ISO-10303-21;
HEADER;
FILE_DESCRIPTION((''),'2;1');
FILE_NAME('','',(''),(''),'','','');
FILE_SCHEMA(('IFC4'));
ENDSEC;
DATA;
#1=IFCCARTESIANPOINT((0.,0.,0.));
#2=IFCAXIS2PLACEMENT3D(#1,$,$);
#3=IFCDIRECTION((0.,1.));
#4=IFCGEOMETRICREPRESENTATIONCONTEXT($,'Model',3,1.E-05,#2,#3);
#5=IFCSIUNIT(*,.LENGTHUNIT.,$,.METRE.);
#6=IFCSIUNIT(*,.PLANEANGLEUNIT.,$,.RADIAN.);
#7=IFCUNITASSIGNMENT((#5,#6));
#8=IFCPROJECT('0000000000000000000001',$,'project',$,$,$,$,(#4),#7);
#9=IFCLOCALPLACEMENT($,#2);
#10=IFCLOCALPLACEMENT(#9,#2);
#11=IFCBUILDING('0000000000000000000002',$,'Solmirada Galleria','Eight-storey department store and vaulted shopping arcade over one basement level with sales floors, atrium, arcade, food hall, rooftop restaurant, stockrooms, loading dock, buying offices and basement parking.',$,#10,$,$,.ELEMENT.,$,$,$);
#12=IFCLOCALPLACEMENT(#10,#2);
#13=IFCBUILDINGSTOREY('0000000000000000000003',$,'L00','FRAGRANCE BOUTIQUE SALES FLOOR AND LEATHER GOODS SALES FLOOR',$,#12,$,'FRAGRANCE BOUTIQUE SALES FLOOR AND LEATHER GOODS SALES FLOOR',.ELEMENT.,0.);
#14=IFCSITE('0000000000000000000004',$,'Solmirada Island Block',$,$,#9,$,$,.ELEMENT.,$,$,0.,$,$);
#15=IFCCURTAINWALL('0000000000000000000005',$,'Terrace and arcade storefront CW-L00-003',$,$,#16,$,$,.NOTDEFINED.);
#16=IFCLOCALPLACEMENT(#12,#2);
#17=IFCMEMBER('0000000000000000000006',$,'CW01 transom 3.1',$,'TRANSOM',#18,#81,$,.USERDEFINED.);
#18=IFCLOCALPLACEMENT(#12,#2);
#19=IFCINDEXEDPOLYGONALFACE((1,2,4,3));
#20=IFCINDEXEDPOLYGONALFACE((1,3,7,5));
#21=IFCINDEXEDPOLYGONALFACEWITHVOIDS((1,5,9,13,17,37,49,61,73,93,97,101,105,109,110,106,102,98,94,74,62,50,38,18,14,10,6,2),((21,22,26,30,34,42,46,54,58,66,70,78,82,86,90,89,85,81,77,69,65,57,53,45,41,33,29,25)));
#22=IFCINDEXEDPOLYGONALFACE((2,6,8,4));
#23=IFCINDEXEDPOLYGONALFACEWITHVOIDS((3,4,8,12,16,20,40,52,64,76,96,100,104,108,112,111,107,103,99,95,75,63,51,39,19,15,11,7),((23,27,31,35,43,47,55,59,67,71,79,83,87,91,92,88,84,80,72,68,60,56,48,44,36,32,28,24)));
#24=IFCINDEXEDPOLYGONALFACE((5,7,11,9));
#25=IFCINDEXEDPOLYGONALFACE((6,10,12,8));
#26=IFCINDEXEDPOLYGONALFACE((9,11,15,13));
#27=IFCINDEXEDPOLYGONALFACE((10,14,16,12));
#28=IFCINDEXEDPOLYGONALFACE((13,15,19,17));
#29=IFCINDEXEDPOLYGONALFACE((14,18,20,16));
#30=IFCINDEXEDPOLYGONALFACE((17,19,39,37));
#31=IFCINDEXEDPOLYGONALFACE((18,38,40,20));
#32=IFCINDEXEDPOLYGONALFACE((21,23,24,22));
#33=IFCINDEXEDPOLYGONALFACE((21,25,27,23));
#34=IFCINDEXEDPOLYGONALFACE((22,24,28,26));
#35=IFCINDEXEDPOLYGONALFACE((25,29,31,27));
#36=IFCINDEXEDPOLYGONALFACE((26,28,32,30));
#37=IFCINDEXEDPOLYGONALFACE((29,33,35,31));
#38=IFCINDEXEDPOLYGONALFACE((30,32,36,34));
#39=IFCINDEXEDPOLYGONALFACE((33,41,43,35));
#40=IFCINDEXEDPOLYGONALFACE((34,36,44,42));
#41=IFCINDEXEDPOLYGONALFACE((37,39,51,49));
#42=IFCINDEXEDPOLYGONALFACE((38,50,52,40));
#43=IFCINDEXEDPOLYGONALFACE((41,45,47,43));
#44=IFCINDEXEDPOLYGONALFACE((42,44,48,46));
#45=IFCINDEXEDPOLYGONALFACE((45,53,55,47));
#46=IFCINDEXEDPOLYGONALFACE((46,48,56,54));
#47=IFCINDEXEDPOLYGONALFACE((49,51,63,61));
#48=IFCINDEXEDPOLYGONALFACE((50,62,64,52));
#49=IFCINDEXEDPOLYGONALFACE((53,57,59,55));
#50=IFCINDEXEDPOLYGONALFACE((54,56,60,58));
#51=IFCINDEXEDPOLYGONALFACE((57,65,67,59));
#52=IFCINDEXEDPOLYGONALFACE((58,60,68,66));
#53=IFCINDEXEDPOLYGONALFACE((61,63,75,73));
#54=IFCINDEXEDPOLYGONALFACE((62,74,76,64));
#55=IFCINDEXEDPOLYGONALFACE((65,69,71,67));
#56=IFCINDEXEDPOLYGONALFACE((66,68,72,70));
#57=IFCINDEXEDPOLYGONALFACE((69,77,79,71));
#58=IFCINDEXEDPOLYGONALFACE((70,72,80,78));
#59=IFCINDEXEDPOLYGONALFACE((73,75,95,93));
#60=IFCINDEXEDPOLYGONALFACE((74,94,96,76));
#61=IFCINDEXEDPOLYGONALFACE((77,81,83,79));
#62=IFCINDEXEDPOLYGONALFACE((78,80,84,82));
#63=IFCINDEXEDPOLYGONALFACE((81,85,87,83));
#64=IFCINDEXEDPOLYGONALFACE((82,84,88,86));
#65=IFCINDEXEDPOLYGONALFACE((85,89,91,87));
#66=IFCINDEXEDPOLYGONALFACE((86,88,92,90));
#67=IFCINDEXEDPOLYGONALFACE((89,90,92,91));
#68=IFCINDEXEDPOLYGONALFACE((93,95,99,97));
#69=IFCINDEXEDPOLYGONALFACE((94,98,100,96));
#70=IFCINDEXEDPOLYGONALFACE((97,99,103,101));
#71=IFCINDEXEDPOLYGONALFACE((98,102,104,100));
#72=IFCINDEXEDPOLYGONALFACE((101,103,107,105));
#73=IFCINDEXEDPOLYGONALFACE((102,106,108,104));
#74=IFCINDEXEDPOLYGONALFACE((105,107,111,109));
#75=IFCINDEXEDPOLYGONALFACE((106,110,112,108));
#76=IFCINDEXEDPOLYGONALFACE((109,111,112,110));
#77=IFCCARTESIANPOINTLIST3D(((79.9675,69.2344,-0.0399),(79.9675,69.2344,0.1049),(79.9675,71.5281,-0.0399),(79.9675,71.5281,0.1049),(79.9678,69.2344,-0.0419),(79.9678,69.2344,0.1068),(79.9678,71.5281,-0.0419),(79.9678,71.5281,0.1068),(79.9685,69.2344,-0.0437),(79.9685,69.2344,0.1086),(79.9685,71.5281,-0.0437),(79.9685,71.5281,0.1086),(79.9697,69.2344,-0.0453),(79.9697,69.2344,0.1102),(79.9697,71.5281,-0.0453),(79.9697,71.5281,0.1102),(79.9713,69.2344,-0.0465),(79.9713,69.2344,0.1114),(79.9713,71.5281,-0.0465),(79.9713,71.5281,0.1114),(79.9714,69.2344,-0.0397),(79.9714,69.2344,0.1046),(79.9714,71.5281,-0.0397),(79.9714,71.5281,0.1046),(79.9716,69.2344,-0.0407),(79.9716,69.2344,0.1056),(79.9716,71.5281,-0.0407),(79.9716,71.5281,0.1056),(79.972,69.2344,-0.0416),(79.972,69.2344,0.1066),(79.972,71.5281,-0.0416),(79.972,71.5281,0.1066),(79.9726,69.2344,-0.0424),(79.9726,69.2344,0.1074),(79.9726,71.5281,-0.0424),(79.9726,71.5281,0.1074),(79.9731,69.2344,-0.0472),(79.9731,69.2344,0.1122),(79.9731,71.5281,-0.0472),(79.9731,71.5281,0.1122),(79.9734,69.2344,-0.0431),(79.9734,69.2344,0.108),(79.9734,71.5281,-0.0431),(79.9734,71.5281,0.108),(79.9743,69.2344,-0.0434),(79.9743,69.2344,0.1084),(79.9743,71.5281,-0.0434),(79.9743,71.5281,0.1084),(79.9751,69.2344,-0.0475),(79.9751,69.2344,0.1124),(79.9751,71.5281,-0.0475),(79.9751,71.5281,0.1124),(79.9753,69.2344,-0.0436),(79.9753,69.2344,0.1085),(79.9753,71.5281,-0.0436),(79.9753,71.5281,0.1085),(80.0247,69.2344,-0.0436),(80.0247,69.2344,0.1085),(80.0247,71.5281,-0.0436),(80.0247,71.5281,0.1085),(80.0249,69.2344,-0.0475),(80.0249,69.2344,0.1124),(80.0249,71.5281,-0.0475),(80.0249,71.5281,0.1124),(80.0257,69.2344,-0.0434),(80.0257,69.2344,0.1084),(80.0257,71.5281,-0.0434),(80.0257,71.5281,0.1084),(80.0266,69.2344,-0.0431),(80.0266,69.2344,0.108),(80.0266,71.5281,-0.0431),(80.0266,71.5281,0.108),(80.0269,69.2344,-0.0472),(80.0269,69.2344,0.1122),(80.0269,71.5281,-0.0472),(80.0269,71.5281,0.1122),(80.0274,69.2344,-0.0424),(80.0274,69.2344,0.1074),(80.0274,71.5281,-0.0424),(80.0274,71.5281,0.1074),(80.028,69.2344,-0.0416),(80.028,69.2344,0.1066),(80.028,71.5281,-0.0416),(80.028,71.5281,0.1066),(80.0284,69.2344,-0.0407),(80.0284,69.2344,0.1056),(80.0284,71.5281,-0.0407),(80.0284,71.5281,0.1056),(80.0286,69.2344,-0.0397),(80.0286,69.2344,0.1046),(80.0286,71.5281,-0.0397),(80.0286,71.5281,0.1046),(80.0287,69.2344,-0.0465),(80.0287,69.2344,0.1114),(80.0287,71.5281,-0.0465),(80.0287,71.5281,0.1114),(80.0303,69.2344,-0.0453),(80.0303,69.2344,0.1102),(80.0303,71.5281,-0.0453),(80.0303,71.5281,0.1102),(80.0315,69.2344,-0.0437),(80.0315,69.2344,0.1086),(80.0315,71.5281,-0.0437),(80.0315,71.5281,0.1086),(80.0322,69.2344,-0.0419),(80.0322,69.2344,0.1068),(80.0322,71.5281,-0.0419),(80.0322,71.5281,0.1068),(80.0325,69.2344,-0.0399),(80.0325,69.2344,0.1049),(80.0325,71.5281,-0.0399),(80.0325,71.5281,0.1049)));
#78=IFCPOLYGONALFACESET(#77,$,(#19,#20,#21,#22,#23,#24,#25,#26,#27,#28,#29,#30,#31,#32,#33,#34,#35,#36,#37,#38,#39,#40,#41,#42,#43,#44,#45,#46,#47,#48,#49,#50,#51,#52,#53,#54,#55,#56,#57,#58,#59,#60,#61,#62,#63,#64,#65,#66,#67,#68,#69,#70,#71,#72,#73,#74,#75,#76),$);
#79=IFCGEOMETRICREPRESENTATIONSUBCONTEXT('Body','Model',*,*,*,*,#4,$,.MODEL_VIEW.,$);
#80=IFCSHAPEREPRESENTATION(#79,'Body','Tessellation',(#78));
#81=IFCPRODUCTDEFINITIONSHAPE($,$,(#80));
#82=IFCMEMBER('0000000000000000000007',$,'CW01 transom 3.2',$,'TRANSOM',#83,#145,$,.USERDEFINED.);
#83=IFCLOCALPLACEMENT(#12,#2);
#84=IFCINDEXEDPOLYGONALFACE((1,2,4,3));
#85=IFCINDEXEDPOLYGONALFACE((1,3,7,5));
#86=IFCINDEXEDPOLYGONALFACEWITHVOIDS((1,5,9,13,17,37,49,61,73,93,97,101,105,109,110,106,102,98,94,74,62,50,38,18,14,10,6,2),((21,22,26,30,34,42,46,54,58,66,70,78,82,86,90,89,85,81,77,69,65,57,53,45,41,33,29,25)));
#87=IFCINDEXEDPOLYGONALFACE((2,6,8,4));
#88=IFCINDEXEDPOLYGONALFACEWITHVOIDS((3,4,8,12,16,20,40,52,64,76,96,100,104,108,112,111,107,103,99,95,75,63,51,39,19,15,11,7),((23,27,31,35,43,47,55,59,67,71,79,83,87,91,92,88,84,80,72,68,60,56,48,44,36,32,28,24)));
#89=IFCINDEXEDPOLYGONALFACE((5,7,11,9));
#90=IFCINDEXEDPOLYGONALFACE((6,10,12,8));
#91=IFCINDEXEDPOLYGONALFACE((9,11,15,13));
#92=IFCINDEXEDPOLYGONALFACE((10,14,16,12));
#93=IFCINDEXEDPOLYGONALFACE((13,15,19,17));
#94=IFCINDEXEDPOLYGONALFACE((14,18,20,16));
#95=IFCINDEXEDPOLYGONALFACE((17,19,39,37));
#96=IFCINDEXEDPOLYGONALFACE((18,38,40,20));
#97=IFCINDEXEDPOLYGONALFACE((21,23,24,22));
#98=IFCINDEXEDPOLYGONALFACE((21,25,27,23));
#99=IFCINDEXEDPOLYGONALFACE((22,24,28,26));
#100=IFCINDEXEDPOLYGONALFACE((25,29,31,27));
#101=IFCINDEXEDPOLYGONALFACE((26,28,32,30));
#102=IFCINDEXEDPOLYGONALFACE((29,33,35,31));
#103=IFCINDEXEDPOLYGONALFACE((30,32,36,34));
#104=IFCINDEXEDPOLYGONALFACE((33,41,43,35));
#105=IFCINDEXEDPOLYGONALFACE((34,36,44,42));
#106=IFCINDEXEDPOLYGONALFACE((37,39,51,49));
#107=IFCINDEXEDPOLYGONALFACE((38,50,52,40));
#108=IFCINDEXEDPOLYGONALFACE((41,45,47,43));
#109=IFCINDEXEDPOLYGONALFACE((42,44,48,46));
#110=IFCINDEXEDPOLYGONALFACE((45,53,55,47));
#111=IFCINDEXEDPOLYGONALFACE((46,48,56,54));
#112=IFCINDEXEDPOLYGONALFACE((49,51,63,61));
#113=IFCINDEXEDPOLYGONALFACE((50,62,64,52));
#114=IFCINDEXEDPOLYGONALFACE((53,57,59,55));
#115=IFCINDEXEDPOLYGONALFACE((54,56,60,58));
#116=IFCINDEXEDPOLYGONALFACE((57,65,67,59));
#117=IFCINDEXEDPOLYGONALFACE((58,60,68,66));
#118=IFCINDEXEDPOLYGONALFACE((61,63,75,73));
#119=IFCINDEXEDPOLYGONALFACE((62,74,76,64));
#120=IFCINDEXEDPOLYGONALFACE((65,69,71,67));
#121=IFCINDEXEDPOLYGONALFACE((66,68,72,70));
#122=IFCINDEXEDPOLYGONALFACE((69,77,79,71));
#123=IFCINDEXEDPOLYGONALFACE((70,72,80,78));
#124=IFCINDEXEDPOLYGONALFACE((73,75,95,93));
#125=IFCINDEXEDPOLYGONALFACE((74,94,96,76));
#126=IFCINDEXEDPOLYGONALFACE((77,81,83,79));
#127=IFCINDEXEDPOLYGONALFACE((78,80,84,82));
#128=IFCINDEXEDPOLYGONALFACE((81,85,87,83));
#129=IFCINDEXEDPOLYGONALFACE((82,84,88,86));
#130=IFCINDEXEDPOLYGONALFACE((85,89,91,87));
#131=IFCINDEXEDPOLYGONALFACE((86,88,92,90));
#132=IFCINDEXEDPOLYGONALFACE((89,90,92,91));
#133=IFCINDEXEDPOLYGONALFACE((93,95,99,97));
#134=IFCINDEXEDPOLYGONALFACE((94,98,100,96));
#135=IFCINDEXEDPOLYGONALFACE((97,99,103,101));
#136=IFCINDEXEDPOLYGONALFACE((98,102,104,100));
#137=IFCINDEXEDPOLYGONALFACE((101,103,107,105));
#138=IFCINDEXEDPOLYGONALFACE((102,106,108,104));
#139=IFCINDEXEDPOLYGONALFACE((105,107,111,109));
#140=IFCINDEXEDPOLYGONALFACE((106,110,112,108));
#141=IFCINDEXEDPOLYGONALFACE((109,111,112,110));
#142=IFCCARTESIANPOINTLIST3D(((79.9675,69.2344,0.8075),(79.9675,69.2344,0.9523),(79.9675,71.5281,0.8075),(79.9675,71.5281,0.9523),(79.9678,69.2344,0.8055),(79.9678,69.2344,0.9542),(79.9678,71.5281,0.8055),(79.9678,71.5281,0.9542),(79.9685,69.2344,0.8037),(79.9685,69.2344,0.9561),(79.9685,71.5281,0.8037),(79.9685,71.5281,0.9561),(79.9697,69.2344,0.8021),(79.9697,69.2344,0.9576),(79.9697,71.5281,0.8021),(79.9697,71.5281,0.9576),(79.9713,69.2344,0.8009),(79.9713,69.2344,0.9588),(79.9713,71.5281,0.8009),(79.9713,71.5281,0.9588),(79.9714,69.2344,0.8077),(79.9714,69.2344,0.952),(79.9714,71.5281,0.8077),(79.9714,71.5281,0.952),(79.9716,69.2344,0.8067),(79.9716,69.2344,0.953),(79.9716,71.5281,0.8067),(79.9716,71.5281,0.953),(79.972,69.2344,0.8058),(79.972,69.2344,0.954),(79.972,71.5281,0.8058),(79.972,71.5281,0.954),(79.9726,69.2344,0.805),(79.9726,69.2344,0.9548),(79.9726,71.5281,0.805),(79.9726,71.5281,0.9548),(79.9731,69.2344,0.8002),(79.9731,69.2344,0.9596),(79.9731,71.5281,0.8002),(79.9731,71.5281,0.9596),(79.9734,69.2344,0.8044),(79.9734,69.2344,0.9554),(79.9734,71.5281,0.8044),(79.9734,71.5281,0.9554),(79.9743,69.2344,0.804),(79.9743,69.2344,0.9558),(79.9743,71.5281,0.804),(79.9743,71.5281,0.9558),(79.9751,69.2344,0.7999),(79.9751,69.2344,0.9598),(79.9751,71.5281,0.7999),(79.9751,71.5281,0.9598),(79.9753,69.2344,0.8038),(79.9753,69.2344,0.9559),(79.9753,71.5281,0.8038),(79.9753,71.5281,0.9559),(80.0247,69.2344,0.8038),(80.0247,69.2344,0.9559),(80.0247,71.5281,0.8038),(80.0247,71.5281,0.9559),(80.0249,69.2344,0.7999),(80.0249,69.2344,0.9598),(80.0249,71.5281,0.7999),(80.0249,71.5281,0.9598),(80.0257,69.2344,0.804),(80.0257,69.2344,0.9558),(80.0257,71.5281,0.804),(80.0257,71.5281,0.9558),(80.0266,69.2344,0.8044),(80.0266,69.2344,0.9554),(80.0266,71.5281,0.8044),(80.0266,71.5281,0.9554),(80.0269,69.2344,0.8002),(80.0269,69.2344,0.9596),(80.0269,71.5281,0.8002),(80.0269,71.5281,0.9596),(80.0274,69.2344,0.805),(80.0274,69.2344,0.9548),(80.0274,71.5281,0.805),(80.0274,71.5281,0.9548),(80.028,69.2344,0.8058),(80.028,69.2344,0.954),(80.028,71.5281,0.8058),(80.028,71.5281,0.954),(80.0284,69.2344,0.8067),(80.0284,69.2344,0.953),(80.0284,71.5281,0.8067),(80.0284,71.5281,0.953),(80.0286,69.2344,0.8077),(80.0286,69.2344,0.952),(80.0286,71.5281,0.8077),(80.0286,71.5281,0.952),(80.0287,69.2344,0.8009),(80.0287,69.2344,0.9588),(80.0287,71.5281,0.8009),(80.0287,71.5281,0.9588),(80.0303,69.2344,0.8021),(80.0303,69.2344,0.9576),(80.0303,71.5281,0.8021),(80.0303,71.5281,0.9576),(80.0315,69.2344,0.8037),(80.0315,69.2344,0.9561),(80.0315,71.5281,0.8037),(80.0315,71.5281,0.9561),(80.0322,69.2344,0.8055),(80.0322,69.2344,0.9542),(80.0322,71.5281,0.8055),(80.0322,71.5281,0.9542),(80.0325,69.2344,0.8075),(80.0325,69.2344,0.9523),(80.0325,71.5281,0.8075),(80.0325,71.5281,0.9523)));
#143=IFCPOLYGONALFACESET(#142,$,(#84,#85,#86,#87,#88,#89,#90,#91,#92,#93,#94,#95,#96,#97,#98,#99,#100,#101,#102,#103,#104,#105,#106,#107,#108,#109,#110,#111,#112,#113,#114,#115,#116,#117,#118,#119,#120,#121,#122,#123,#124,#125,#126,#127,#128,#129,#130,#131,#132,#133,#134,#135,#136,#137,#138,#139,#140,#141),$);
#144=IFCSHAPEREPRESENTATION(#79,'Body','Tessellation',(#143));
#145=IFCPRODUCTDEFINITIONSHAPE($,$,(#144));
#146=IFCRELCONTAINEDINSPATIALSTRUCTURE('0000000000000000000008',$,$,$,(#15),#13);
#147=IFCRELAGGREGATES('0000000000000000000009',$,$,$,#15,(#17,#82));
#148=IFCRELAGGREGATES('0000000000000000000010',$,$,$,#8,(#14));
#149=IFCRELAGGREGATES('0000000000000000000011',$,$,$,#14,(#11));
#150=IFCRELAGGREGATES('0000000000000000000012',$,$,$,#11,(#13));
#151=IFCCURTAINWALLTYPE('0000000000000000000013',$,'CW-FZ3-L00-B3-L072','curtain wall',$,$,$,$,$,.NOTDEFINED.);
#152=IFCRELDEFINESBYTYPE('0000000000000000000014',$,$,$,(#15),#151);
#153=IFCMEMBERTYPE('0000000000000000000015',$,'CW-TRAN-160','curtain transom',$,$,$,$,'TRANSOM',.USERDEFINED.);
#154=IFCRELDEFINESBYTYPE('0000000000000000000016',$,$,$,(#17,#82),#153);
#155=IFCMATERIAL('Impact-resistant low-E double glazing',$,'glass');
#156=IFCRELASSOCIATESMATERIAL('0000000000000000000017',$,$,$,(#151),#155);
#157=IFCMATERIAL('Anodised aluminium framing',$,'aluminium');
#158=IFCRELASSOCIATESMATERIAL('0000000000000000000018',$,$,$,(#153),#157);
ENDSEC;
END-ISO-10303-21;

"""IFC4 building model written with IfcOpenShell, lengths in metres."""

from ifc_helpers import new_model, si_unit, direction, frame, origin, origin_2d, place, context, subcontext, project, spatial, hollow_rectangle, extrude, material, material_profile, profile_set, type_object, element, aggregate, save


model = new_model("IFC4")

# Units and contexts
model_context = context("Model", 3, precision=1e-05, world=origin(), true_north=direction((0.0, 1.0)))
body_context = subcontext(model_context, "Body", "Model", "MODEL_VIEW")
ifc_project = project(units=[si_unit("LENGTHUNIT", "METRE"), si_unit("PLANEANGLEUNIT", "RADIAN")], contexts=[model_context])

# Site, building, storey
site_placement = place(None, origin())
site = spatial("IfcSite", under=ifc_project, at=site_placement, Name="Solmirada Island Block", CompositionType="ELEMENT", RefElevation=0.0)
building_placement = place(site_placement, origin())
building = spatial("IfcBuilding", under=site, at=building_placement, Name="Solmirada Galleria", Description="Eight-storey department store and vaulted shopping arcade over one basement level with sales floors, atrium, arcade, food hall, rooftop restaurant, stockrooms, loading dock, buying offices and basement parking.", CompositionType="ELEMENT")
storey_placement = place(building_placement, origin())
storey = spatial("IfcBuildingStorey", under=building, at=storey_placement, Name="L00", Description="FRAGRANCE BOUTIQUE SALES FLOOR AND LEATHER GOODS SALES FLOOR", LongName="FRAGRANCE BOUTIQUE SALES FLOOR AND LEATHER GOODS SALES FLOOR", CompositionType="ELEMENT", Elevation=0.0)

# Curtain wall, members
ifc_material_1 = material(Name="Impact-resistant low-E double glazing", Category="glass")
curtain_wall_type = type_object("IfcCurtainWallType", Name="CW-FZ3-L00-B3-L072", Description="curtain wall", PredefinedType="NOTDEFINED", material=ifc_material_1)
curtain_wall_placement = place(storey_placement, origin())
curtain_wall = element("IfcCurtainWall", 1, at=curtain_wall_placement, inside=storey, type_object=curtain_wall_type, Name="Terrace and arcade storefront CW-L00-003", PredefinedType="NOTDEFINED")
ifc_material_2 = material(Name="Anodised aluminium framing", Category="aluminium")
ifc_material_profile_1 = material_profile(ifc_material_2, hollow_rectangle(XDim=0.0649, YDim=0.1599, WallThickness=0.0039, InnerFilletRadius=0.0039, OuterFilletRadius=0.0076, at=origin_2d()), Name="ALU-TRAN-160X65")
ifc_profile_set_1 = profile_set([ifc_material_profile_1], Name="Anodised aluminium framing")
member_type_1 = type_object("IfcMemberType", Name="CW-TRAN-160", Description="curtain transom", ElementType="TRANSOM", PredefinedType="USERDEFINED", material=ifc_profile_set_1)
member_1_placement = place(storey_placement, frame((80.0, 69.2344, 0.0325), z_axis=(0.0, 1.0, 0.0), x_axis=(-1.0, 0.0, 0.0)))
member_1 = element("IfcMember", 2, at=member_1_placement, type_object=member_type_1, Name="CW01 transom 3.1", ObjectType="TRANSOM", PredefinedType="USERDEFINED", context=body_context, shape_type="SweptSolid", body=[
    extrude(hollow_rectangle(XDim=0.0649, YDim=0.1599, WallThickness=0.0039, InnerFilletRadius=0.0039, OuterFilletRadius=0.0076, at=origin_2d()), origin(), (0.0, 0.0, 1.0), 2.2937),
])
member_2_placement = place(storey_placement, frame((80.0, 69.2344, 0.8799), z_axis=(0.0, 1.0, 0.0), x_axis=(-1.0, 0.0, 0.0)))
member_2 = element("IfcMember", 3, at=member_2_placement, type_object=member_type_1, Name="CW01 transom 3.2", ObjectType="TRANSOM", PredefinedType="USERDEFINED", context=body_context, shape_type="SweptSolid", body=[
    extrude(hollow_rectangle(XDim=0.0649, YDim=0.1599, WallThickness=0.0039, InnerFilletRadius=0.0039, OuterFilletRadius=0.0076, at=origin_2d()), origin(), (0.0, 0.0, 1.0), 2.2937),
])
aggregate(curtain_wall, [member_1, member_2])

save(model, "model.ifc")
